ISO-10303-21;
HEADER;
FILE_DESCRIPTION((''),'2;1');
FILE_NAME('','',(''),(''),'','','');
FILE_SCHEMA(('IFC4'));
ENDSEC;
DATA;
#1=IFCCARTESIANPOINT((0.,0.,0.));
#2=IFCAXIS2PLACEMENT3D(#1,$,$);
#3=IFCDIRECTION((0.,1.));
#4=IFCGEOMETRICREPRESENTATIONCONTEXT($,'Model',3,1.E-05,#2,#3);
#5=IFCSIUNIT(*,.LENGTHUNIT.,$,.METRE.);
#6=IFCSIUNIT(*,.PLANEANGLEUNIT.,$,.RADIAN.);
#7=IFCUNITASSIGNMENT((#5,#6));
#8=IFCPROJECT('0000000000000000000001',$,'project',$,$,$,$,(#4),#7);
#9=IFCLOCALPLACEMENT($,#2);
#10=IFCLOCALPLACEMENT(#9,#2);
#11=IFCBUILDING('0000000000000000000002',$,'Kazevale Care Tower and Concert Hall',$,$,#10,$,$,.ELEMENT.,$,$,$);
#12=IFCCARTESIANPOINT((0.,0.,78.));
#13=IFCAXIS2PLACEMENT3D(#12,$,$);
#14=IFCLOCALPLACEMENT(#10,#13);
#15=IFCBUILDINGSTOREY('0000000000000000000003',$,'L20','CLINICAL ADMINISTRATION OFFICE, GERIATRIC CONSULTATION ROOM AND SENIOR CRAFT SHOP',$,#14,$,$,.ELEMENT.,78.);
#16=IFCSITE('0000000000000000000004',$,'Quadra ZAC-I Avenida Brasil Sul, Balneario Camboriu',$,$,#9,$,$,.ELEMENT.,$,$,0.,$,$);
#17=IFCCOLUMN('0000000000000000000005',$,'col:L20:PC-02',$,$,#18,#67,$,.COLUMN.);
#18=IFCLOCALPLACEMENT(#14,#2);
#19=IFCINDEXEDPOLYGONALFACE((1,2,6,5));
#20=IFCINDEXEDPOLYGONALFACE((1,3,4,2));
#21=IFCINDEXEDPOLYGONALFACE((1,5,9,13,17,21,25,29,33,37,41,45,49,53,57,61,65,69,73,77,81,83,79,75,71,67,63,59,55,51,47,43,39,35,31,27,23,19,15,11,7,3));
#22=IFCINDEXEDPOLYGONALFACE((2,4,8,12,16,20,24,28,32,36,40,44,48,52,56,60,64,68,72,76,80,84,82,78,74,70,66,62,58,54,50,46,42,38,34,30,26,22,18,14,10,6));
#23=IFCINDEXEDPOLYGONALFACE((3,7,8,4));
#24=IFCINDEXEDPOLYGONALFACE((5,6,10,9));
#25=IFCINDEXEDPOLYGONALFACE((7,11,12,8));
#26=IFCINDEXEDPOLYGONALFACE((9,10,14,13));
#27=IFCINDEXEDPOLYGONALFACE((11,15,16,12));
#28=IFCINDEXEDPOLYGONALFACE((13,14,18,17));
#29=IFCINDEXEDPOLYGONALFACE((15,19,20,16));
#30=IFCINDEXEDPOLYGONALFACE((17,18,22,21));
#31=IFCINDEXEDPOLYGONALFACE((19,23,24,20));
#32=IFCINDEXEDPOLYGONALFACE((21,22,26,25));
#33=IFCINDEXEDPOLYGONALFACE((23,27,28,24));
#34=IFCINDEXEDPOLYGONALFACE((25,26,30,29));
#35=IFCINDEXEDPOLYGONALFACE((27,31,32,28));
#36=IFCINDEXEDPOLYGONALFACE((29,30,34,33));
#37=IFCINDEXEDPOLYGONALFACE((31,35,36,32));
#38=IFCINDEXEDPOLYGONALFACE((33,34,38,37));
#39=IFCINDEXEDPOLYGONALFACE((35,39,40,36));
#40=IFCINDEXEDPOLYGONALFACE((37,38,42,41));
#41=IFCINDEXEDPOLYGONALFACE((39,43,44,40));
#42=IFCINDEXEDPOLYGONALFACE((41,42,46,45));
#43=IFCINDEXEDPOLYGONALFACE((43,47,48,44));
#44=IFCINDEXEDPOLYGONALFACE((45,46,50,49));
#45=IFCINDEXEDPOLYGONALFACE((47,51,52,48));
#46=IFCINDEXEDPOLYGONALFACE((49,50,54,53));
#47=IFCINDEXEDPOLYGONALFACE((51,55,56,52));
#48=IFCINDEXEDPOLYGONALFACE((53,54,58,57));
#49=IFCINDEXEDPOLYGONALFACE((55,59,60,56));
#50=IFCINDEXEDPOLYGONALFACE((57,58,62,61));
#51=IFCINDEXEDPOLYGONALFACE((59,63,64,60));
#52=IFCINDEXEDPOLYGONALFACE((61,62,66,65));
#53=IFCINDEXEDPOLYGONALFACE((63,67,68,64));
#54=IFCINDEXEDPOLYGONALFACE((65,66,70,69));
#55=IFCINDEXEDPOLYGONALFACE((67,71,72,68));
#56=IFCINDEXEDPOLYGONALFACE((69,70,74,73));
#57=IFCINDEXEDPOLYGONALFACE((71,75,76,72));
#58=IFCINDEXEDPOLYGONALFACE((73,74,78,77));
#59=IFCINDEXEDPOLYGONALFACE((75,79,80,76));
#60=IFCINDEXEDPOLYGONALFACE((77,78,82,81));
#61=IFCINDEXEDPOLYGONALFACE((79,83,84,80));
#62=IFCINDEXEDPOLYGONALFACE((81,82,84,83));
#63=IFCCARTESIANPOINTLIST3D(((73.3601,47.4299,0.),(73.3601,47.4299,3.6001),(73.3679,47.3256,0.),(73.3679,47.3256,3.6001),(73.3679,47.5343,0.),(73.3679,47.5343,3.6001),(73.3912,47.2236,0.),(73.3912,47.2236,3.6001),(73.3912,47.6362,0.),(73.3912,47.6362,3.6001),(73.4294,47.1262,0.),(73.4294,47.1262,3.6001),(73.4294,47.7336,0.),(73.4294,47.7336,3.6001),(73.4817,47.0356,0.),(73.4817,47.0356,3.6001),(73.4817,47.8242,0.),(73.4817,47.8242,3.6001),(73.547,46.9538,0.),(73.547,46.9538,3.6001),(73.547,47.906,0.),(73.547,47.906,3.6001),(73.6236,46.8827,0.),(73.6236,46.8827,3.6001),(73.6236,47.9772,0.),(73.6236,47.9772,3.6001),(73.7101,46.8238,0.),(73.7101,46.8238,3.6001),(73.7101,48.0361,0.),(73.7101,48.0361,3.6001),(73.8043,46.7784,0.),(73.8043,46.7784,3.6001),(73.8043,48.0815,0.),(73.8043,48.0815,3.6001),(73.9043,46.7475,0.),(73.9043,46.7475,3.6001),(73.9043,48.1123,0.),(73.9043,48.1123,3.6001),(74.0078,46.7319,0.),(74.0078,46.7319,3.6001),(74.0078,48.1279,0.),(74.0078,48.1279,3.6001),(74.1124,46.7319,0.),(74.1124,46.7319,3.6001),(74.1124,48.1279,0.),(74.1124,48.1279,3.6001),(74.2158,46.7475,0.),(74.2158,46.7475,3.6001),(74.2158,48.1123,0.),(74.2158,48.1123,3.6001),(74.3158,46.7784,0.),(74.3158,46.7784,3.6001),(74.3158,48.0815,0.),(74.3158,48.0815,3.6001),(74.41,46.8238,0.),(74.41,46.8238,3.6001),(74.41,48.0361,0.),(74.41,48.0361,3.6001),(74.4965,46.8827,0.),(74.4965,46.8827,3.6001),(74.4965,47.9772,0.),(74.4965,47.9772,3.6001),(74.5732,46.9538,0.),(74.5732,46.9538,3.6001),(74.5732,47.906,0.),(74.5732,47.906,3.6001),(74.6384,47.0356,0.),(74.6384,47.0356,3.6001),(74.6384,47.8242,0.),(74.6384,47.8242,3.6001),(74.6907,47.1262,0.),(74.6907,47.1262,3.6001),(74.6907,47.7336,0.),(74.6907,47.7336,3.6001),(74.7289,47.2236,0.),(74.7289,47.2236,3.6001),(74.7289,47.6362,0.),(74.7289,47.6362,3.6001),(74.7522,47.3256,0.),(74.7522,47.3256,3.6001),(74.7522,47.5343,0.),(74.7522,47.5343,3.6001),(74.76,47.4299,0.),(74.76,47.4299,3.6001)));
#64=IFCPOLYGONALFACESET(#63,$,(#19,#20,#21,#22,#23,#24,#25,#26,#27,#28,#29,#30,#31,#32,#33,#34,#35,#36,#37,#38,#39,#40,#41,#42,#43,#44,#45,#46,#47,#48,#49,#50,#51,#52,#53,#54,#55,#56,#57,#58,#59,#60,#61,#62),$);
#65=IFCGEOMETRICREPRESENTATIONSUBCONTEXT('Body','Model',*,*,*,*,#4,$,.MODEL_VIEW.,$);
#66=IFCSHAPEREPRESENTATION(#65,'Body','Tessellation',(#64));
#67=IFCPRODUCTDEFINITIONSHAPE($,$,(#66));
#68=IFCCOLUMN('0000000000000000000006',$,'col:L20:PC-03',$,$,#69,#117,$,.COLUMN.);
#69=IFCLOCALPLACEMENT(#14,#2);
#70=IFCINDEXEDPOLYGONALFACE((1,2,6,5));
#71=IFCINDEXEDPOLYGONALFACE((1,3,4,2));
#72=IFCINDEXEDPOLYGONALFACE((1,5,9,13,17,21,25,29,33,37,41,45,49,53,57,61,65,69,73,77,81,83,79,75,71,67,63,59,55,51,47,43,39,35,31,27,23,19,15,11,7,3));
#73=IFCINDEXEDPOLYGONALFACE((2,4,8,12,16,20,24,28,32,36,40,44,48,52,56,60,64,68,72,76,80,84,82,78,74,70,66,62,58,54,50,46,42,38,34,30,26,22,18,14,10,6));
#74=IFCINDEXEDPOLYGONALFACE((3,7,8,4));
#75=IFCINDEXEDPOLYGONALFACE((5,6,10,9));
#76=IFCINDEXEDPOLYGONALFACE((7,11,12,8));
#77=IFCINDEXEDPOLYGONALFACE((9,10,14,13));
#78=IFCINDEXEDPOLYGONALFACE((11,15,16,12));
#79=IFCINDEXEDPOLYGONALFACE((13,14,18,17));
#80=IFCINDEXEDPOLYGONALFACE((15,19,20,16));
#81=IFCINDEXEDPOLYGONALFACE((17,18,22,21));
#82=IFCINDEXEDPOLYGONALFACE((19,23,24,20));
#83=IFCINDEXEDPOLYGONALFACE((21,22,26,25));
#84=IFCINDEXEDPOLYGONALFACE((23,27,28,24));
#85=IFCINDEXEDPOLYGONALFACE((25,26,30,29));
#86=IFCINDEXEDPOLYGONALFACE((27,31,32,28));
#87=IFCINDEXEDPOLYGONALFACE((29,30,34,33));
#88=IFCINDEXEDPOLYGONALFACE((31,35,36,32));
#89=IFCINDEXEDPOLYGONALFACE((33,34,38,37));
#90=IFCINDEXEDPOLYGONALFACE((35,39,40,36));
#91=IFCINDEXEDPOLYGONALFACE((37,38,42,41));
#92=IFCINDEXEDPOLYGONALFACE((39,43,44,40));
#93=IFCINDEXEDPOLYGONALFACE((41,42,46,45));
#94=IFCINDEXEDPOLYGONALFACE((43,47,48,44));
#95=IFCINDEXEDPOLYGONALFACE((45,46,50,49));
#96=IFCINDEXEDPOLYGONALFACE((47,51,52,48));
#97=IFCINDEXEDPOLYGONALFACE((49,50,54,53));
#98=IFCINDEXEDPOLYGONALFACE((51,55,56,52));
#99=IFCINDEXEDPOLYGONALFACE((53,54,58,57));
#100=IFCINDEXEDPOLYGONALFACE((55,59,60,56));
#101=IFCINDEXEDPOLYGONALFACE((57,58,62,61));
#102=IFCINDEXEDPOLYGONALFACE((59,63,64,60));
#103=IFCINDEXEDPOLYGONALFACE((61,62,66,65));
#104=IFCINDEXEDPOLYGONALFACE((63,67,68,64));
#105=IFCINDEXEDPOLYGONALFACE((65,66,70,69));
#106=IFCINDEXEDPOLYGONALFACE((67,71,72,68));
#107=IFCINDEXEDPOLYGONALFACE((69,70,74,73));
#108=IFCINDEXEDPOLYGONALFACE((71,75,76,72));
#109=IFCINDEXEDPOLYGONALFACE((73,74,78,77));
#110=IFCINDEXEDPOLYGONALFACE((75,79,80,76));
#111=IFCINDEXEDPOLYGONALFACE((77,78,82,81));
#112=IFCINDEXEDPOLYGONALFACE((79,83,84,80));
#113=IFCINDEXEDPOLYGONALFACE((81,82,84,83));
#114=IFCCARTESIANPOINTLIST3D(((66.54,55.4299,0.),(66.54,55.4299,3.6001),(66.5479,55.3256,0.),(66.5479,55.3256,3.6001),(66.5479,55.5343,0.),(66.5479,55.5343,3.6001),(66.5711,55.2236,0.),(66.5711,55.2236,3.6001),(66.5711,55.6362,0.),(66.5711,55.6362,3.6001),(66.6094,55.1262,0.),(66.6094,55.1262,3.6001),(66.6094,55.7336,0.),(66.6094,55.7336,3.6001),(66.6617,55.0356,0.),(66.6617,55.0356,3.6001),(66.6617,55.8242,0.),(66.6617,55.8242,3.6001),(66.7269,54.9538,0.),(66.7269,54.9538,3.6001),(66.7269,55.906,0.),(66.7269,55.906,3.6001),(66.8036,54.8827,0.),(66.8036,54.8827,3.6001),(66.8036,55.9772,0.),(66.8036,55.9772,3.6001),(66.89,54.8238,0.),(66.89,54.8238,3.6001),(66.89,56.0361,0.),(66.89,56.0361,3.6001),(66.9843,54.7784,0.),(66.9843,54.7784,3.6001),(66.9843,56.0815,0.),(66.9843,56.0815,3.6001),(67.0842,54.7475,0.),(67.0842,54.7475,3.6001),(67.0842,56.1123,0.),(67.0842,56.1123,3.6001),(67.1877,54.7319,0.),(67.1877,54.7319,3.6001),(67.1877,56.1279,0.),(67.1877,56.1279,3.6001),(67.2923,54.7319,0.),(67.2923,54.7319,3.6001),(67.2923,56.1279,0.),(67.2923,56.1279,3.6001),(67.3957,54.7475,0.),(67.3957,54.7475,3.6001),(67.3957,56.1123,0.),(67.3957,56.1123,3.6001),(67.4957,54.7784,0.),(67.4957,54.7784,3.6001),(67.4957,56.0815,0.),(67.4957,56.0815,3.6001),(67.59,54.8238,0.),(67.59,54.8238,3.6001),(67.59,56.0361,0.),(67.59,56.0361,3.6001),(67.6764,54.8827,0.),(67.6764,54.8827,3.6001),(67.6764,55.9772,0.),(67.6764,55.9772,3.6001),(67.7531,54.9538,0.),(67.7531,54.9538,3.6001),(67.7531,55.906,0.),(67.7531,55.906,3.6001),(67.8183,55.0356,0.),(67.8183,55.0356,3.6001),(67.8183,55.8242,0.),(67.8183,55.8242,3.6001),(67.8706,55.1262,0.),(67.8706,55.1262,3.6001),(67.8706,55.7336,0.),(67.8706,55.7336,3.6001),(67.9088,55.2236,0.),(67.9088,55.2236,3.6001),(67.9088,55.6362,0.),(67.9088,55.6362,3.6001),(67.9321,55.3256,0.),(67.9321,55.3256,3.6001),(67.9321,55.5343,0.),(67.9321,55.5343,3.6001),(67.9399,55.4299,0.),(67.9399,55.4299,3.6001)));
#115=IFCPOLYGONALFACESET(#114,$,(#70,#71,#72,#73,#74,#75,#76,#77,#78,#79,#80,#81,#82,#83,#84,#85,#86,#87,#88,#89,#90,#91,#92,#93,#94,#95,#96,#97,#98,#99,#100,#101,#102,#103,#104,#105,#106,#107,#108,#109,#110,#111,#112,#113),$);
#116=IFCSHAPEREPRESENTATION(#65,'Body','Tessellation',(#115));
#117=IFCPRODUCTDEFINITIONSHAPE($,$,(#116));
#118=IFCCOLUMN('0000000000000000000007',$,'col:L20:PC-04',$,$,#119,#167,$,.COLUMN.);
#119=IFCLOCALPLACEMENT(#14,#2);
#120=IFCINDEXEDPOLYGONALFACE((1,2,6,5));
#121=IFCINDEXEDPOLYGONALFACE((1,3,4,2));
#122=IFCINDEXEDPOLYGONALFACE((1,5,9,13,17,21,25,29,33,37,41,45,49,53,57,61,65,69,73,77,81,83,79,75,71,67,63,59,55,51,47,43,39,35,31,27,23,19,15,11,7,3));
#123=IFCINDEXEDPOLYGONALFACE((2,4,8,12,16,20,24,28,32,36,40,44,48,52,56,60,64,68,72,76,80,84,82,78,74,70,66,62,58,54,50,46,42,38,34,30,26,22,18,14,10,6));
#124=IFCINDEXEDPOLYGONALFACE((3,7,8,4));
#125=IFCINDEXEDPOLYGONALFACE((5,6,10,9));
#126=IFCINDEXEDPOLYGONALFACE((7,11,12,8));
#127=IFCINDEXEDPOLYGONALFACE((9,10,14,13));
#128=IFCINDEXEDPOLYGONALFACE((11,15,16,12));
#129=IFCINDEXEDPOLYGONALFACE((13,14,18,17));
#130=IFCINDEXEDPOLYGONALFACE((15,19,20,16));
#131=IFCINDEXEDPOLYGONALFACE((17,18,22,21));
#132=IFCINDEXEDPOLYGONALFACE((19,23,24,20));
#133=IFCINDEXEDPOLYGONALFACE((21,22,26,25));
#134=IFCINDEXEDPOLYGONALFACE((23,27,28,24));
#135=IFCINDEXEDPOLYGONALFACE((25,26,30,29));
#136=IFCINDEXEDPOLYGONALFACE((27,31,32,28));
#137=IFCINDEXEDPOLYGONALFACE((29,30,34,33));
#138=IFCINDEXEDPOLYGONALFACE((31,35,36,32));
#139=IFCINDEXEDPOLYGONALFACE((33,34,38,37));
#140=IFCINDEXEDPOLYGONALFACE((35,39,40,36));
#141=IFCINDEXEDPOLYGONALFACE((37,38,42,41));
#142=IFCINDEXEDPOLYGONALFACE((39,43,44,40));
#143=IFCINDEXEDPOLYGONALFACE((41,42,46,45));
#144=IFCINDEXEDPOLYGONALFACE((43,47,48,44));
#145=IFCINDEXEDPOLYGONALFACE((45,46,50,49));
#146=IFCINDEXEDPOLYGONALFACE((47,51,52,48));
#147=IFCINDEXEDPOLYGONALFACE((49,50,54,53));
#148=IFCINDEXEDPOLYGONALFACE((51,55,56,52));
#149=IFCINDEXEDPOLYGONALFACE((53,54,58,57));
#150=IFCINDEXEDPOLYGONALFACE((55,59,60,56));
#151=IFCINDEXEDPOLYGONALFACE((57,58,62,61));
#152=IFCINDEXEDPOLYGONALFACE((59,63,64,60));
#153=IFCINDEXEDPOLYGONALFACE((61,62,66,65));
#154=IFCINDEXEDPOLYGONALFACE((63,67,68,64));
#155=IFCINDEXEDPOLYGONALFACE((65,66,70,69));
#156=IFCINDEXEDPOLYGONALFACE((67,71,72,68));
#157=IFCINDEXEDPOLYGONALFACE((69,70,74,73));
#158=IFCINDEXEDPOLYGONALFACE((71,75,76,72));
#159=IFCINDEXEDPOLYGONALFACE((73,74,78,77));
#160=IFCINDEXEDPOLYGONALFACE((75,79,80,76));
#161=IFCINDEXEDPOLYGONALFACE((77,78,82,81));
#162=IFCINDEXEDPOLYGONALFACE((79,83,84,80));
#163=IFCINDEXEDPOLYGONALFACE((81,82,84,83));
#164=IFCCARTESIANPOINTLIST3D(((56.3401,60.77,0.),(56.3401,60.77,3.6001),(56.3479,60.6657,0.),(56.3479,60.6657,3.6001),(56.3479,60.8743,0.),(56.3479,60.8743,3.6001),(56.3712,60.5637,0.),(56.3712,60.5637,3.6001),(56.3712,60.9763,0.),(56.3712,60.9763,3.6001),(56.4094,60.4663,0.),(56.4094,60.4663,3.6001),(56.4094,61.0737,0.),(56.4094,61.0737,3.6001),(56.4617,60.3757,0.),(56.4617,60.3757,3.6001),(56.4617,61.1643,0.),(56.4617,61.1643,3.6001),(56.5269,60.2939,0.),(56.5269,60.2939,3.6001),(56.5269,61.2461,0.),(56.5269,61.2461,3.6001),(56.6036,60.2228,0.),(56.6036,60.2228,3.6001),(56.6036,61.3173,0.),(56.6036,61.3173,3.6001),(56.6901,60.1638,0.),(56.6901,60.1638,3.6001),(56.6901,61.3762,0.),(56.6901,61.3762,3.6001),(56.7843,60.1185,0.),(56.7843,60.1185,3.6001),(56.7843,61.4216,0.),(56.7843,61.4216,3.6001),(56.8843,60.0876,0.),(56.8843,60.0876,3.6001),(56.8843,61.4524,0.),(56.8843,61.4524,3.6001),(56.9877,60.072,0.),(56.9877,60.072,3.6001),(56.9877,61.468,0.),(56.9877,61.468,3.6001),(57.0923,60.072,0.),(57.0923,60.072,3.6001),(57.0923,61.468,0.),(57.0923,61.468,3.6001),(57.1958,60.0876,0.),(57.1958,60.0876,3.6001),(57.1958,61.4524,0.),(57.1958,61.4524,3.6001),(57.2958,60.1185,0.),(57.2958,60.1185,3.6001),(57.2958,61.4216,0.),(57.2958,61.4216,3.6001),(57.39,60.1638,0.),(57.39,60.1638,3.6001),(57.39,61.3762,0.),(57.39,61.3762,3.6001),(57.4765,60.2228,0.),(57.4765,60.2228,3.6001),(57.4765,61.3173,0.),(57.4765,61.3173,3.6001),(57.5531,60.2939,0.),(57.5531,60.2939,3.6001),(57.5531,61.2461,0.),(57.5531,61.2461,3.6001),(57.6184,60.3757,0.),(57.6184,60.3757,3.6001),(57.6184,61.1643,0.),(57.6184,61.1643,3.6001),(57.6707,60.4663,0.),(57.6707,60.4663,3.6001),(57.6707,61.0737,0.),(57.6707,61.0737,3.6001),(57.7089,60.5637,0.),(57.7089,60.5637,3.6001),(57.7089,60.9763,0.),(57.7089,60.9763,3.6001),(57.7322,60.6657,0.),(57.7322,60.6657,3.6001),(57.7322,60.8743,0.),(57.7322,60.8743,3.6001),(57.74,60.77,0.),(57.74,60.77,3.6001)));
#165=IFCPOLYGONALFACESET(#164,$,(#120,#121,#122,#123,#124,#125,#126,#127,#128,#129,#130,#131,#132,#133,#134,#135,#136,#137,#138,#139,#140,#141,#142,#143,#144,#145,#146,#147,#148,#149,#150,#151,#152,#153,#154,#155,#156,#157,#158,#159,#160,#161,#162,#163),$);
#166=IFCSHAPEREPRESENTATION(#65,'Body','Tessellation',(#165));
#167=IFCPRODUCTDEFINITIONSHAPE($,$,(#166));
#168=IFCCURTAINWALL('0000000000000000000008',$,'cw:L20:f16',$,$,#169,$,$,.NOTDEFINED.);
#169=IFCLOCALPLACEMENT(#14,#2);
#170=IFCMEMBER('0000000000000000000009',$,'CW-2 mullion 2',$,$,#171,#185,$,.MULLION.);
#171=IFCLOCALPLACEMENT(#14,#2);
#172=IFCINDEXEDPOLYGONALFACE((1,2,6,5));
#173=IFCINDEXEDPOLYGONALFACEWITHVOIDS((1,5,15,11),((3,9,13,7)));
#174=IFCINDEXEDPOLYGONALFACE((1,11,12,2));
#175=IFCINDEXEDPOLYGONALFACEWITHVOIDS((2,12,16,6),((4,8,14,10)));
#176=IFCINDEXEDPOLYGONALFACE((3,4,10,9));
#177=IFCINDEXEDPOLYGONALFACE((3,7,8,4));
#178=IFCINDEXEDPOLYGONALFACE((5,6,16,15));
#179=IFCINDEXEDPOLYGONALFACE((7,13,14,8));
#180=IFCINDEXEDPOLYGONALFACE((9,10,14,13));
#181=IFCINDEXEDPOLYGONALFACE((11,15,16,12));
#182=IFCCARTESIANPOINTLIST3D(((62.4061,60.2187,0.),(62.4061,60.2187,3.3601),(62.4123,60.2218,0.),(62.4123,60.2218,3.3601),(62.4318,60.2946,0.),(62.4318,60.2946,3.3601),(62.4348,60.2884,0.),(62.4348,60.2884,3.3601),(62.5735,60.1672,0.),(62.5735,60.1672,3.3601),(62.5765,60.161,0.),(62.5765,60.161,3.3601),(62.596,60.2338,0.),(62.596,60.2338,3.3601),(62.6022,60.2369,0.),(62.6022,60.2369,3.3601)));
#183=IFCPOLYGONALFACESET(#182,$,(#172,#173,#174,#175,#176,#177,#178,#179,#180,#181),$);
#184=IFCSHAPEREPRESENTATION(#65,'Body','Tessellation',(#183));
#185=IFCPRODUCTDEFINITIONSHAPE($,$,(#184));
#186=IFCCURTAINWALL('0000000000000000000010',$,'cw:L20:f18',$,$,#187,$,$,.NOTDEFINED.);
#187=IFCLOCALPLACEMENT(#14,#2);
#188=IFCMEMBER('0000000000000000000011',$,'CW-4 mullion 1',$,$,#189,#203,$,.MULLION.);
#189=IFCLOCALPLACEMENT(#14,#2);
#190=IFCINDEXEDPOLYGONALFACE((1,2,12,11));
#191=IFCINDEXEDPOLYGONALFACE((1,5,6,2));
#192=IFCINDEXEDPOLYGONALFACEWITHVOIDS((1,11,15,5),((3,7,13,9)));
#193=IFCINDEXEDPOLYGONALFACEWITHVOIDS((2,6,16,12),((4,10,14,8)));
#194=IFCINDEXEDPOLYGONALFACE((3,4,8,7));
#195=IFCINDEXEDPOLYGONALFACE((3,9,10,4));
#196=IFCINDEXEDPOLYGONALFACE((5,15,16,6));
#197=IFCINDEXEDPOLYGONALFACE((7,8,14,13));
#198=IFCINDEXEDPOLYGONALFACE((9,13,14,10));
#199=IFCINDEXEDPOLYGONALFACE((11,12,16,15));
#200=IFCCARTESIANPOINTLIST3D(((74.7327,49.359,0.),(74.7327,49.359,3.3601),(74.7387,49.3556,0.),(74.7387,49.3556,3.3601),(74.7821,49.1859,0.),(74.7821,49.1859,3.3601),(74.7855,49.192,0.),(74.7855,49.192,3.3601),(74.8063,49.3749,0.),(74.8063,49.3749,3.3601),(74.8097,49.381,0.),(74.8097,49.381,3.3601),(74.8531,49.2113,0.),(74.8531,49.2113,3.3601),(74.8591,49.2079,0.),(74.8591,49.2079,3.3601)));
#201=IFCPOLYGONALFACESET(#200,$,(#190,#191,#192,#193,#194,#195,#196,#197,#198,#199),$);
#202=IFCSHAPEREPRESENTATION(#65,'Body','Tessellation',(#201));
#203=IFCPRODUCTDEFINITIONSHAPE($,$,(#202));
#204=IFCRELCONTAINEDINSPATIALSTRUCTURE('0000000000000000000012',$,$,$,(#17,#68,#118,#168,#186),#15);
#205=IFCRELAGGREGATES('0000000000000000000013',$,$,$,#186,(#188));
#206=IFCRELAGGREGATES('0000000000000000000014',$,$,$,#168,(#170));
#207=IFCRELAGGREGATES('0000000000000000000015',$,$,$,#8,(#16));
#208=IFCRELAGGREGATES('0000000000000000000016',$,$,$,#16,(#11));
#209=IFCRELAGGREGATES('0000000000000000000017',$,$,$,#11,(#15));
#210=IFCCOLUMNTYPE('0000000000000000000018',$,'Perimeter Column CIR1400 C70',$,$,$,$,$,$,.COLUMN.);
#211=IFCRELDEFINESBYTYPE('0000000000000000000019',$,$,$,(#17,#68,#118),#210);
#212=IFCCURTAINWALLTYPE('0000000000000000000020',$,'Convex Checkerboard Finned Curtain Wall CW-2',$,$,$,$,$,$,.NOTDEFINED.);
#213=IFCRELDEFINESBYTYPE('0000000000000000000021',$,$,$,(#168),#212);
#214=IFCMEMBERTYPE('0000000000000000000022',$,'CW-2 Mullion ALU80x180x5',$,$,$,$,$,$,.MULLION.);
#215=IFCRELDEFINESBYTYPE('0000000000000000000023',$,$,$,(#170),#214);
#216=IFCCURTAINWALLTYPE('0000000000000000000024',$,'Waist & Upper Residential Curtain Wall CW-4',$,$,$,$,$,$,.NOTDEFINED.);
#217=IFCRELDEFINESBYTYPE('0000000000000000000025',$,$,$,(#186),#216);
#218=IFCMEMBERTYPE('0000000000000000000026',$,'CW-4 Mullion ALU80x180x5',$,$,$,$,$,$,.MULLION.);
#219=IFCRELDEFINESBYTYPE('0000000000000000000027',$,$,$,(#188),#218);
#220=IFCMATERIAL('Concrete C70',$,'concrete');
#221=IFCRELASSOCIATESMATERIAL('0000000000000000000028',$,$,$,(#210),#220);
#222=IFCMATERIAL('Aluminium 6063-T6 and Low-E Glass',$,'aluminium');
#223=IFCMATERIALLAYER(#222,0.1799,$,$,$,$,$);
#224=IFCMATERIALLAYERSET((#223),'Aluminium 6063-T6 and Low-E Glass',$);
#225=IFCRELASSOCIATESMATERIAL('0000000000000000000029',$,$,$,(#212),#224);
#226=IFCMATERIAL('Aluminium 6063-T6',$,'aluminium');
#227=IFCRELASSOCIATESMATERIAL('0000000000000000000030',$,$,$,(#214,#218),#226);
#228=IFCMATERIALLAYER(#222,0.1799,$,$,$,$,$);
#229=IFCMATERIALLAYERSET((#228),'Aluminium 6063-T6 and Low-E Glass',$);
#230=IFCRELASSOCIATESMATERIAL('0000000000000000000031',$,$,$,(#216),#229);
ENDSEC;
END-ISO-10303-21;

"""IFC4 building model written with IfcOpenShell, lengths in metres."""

from ifc_helpers import new_model, si_unit, direction, frame, origin, origin_2d, place, context, subcontext, project, spatial, hollow_rectangle, circle, extrude, material, layer, layer_set, material_profile, profile_set, type_object, element, aggregate, save


model = new_model("IFC4")

# Units and contexts
model_context = context("Model", 3, precision=1e-05, world=origin(), true_north=direction((0.0, 1.0)))
body_context = subcontext(model_context, "Body", "Model", "MODEL_VIEW")
ifc_project = project(units=[si_unit("LENGTHUNIT", "METRE"), si_unit("PLANEANGLEUNIT", "RADIAN")], contexts=[model_context])

# Site, building, storey
site_placement = place(None, origin())
site = spatial("IfcSite", under=ifc_project, at=site_placement, Name="Quadra ZAC-I Avenida Brasil Sul, Balneario Camboriu", CompositionType="ELEMENT", RefElevation=0.0)
building_placement = place(site_placement, origin())
building = spatial("IfcBuilding", under=site, at=building_placement, Name="Kazevale Care Tower and Concert Hall", CompositionType="ELEMENT")
storey_placement = place(building_placement, frame((0.0, 0.0, 78.0)))
storey = spatial("IfcBuildingStorey", under=building, at=storey_placement, Name="L20", Description="CLINICAL ADMINISTRATION OFFICE, GERIATRIC CONSULTATION ROOM AND SENIOR CRAFT SHOP", CompositionType="ELEMENT", Elevation=78.0)

# Columns
ifc_material_1 = material(Name="Concrete C70", Category="concrete")
ifc_material_profile_1 = material_profile(ifc_material_1, circle(Radius=0.7, at=origin_2d()), Name="RC-CIR1400")
ifc_profile_set_1 = profile_set([ifc_material_profile_1], Name="Concrete C70")
column_type = type_object("IfcColumnType", Name="Perimeter Column CIR1400 C70", PredefinedType="COLUMN", material=ifc_profile_set_1)
for number, where, z_axis, x_axis, name in (
    (1, (74.0601, 47.4299, 0.0), (0.0, 0.0, 1.0), (1.0, 0.0, 0.0), "col:L20:PC-02"),
    (2, (67.24, 55.4299, 0.0), (0.0, 0.0, 1.0), (1.0, 0.0, 0.0), "col:L20:PC-03"),
    (3, (57.04, 60.77, 0.0), (0.0, 0.0, 1.0), (1.0, 0.0, 0.0), "col:L20:PC-04"),
):
    element("IfcColumn", number, at=place(storey_placement, frame(where, z_axis=z_axis, x_axis=x_axis)), inside=storey, type_object=column_type, Name=name, PredefinedType="COLUMN", context=body_context, shape_type="SweptSolid", body=[
        extrude(circle(Radius=0.7, at=origin_2d()), origin(), (0.0, 0.0, 1.0), 3.6001),
    ])

# Curtain wall, member
ifc_material_2 = material(Name="Aluminium 6063-T6 and Low-E Glass", Category="aluminium")
ifc_layer_1 = layer(ifc_material_2, 0.1799)
ifc_layer_set_1 = layer_set([ifc_layer_1], Name="Aluminium 6063-T6 and Low-E Glass")
curtain_wall_type_1 = type_object("IfcCurtainWallType", Name="Convex Checkerboard Finned Curtain Wall CW-2", PredefinedType="NOTDEFINED", material=ifc_layer_set_1)
curtain_wall_1_placement = place(storey_placement, origin())
curtain_wall_1 = element("IfcCurtainWall", 4, at=curtain_wall_1_placement, inside=storey, type_object=curtain_wall_type_1, Name="cw:L20:f16", PredefinedType="NOTDEFINED")
ifc_material_3 = material(Name="Aluminium 6063-T6", Category="aluminium")
ifc_material_profile_2 = material_profile(ifc_material_3, hollow_rectangle(XDim=0.0801, YDim=0.1799, WallThickness=0.0049, at=origin_2d()), Name="ALU80x180x5")
ifc_profile_set_2 = profile_set([ifc_material_profile_2], Name="Aluminium 6063-T6")
member_type_1 = type_object("IfcMemberType", Name="CW-2 Mullion ALU80x180x5", PredefinedType="MULLION", material=ifc_profile_set_2)
member_1_placement = place(storey_placement, frame((62.5042, 60.2278, 0.0), z_axis=(0.0, 0.0, 1.0), x_axis=(0.320636, 0.947203, 0.0)))
member_1 = element("IfcMember", 5, at=member_1_placement, type_object=member_type_1, Name="CW-2 mullion 2", PredefinedType="MULLION", context=body_context, shape_type="SweptSolid", body=[
    extrude(hollow_rectangle(XDim=0.0801, YDim=0.1799, WallThickness=0.0049, at=origin_2d()), origin(), (0.0, 0.0, 1.0), 3.3601),
])

# Curtain wall, member
ifc_layer_2 = layer(ifc_material_2, 0.1799)
ifc_layer_set_2 = layer_set([ifc_layer_2], Name="Aluminium 6063-T6 and Low-E Glass")
curtain_wall_type_2 = type_object("IfcCurtainWallType", Name="Waist & Upper Residential Curtain Wall CW-4", PredefinedType="NOTDEFINED", material=ifc_layer_set_2)
curtain_wall_2_placement = place(storey_placement, origin())
curtain_wall_2 = element("IfcCurtainWall", 6, at=curtain_wall_2_placement, inside=storey, type_object=curtain_wall_type_2, Name="cw:L20:f18", PredefinedType="NOTDEFINED")
ifc_material_profile_3 = material_profile(ifc_material_3, hollow_rectangle(XDim=0.0801, YDim=0.1799, WallThickness=0.0049, at=origin_2d()), Name="ALU80x180x5")
ifc_profile_set_3 = profile_set([ifc_material_profile_3], Name="Aluminium 6063-T6")
member_type_2 = type_object("IfcMemberType", Name="CW-4 Mullion ALU80x180x5", PredefinedType="MULLION", material=ifc_profile_set_3)
member_2_placement = place(storey_placement, frame((74.7959, 49.2834, 0.0), z_axis=(0.0, 0.0, 1.0), x_axis=(0.961521, 0.274732, 0.0)))
member_2 = element("IfcMember", 7, at=member_2_placement, type_object=member_type_2, Name="CW-4 mullion 1", PredefinedType="MULLION", context=body_context, shape_type="SweptSolid", body=[
    extrude(hollow_rectangle(XDim=0.0801, YDim=0.1799, WallThickness=0.0049, at=origin_2d()), origin(), (0.0, 0.0, 1.0), 3.3601),
])
aggregate(curtain_wall_2, [member_2])

aggregate(curtain_wall_1, [member_1])

save(model, "model.ifc")
